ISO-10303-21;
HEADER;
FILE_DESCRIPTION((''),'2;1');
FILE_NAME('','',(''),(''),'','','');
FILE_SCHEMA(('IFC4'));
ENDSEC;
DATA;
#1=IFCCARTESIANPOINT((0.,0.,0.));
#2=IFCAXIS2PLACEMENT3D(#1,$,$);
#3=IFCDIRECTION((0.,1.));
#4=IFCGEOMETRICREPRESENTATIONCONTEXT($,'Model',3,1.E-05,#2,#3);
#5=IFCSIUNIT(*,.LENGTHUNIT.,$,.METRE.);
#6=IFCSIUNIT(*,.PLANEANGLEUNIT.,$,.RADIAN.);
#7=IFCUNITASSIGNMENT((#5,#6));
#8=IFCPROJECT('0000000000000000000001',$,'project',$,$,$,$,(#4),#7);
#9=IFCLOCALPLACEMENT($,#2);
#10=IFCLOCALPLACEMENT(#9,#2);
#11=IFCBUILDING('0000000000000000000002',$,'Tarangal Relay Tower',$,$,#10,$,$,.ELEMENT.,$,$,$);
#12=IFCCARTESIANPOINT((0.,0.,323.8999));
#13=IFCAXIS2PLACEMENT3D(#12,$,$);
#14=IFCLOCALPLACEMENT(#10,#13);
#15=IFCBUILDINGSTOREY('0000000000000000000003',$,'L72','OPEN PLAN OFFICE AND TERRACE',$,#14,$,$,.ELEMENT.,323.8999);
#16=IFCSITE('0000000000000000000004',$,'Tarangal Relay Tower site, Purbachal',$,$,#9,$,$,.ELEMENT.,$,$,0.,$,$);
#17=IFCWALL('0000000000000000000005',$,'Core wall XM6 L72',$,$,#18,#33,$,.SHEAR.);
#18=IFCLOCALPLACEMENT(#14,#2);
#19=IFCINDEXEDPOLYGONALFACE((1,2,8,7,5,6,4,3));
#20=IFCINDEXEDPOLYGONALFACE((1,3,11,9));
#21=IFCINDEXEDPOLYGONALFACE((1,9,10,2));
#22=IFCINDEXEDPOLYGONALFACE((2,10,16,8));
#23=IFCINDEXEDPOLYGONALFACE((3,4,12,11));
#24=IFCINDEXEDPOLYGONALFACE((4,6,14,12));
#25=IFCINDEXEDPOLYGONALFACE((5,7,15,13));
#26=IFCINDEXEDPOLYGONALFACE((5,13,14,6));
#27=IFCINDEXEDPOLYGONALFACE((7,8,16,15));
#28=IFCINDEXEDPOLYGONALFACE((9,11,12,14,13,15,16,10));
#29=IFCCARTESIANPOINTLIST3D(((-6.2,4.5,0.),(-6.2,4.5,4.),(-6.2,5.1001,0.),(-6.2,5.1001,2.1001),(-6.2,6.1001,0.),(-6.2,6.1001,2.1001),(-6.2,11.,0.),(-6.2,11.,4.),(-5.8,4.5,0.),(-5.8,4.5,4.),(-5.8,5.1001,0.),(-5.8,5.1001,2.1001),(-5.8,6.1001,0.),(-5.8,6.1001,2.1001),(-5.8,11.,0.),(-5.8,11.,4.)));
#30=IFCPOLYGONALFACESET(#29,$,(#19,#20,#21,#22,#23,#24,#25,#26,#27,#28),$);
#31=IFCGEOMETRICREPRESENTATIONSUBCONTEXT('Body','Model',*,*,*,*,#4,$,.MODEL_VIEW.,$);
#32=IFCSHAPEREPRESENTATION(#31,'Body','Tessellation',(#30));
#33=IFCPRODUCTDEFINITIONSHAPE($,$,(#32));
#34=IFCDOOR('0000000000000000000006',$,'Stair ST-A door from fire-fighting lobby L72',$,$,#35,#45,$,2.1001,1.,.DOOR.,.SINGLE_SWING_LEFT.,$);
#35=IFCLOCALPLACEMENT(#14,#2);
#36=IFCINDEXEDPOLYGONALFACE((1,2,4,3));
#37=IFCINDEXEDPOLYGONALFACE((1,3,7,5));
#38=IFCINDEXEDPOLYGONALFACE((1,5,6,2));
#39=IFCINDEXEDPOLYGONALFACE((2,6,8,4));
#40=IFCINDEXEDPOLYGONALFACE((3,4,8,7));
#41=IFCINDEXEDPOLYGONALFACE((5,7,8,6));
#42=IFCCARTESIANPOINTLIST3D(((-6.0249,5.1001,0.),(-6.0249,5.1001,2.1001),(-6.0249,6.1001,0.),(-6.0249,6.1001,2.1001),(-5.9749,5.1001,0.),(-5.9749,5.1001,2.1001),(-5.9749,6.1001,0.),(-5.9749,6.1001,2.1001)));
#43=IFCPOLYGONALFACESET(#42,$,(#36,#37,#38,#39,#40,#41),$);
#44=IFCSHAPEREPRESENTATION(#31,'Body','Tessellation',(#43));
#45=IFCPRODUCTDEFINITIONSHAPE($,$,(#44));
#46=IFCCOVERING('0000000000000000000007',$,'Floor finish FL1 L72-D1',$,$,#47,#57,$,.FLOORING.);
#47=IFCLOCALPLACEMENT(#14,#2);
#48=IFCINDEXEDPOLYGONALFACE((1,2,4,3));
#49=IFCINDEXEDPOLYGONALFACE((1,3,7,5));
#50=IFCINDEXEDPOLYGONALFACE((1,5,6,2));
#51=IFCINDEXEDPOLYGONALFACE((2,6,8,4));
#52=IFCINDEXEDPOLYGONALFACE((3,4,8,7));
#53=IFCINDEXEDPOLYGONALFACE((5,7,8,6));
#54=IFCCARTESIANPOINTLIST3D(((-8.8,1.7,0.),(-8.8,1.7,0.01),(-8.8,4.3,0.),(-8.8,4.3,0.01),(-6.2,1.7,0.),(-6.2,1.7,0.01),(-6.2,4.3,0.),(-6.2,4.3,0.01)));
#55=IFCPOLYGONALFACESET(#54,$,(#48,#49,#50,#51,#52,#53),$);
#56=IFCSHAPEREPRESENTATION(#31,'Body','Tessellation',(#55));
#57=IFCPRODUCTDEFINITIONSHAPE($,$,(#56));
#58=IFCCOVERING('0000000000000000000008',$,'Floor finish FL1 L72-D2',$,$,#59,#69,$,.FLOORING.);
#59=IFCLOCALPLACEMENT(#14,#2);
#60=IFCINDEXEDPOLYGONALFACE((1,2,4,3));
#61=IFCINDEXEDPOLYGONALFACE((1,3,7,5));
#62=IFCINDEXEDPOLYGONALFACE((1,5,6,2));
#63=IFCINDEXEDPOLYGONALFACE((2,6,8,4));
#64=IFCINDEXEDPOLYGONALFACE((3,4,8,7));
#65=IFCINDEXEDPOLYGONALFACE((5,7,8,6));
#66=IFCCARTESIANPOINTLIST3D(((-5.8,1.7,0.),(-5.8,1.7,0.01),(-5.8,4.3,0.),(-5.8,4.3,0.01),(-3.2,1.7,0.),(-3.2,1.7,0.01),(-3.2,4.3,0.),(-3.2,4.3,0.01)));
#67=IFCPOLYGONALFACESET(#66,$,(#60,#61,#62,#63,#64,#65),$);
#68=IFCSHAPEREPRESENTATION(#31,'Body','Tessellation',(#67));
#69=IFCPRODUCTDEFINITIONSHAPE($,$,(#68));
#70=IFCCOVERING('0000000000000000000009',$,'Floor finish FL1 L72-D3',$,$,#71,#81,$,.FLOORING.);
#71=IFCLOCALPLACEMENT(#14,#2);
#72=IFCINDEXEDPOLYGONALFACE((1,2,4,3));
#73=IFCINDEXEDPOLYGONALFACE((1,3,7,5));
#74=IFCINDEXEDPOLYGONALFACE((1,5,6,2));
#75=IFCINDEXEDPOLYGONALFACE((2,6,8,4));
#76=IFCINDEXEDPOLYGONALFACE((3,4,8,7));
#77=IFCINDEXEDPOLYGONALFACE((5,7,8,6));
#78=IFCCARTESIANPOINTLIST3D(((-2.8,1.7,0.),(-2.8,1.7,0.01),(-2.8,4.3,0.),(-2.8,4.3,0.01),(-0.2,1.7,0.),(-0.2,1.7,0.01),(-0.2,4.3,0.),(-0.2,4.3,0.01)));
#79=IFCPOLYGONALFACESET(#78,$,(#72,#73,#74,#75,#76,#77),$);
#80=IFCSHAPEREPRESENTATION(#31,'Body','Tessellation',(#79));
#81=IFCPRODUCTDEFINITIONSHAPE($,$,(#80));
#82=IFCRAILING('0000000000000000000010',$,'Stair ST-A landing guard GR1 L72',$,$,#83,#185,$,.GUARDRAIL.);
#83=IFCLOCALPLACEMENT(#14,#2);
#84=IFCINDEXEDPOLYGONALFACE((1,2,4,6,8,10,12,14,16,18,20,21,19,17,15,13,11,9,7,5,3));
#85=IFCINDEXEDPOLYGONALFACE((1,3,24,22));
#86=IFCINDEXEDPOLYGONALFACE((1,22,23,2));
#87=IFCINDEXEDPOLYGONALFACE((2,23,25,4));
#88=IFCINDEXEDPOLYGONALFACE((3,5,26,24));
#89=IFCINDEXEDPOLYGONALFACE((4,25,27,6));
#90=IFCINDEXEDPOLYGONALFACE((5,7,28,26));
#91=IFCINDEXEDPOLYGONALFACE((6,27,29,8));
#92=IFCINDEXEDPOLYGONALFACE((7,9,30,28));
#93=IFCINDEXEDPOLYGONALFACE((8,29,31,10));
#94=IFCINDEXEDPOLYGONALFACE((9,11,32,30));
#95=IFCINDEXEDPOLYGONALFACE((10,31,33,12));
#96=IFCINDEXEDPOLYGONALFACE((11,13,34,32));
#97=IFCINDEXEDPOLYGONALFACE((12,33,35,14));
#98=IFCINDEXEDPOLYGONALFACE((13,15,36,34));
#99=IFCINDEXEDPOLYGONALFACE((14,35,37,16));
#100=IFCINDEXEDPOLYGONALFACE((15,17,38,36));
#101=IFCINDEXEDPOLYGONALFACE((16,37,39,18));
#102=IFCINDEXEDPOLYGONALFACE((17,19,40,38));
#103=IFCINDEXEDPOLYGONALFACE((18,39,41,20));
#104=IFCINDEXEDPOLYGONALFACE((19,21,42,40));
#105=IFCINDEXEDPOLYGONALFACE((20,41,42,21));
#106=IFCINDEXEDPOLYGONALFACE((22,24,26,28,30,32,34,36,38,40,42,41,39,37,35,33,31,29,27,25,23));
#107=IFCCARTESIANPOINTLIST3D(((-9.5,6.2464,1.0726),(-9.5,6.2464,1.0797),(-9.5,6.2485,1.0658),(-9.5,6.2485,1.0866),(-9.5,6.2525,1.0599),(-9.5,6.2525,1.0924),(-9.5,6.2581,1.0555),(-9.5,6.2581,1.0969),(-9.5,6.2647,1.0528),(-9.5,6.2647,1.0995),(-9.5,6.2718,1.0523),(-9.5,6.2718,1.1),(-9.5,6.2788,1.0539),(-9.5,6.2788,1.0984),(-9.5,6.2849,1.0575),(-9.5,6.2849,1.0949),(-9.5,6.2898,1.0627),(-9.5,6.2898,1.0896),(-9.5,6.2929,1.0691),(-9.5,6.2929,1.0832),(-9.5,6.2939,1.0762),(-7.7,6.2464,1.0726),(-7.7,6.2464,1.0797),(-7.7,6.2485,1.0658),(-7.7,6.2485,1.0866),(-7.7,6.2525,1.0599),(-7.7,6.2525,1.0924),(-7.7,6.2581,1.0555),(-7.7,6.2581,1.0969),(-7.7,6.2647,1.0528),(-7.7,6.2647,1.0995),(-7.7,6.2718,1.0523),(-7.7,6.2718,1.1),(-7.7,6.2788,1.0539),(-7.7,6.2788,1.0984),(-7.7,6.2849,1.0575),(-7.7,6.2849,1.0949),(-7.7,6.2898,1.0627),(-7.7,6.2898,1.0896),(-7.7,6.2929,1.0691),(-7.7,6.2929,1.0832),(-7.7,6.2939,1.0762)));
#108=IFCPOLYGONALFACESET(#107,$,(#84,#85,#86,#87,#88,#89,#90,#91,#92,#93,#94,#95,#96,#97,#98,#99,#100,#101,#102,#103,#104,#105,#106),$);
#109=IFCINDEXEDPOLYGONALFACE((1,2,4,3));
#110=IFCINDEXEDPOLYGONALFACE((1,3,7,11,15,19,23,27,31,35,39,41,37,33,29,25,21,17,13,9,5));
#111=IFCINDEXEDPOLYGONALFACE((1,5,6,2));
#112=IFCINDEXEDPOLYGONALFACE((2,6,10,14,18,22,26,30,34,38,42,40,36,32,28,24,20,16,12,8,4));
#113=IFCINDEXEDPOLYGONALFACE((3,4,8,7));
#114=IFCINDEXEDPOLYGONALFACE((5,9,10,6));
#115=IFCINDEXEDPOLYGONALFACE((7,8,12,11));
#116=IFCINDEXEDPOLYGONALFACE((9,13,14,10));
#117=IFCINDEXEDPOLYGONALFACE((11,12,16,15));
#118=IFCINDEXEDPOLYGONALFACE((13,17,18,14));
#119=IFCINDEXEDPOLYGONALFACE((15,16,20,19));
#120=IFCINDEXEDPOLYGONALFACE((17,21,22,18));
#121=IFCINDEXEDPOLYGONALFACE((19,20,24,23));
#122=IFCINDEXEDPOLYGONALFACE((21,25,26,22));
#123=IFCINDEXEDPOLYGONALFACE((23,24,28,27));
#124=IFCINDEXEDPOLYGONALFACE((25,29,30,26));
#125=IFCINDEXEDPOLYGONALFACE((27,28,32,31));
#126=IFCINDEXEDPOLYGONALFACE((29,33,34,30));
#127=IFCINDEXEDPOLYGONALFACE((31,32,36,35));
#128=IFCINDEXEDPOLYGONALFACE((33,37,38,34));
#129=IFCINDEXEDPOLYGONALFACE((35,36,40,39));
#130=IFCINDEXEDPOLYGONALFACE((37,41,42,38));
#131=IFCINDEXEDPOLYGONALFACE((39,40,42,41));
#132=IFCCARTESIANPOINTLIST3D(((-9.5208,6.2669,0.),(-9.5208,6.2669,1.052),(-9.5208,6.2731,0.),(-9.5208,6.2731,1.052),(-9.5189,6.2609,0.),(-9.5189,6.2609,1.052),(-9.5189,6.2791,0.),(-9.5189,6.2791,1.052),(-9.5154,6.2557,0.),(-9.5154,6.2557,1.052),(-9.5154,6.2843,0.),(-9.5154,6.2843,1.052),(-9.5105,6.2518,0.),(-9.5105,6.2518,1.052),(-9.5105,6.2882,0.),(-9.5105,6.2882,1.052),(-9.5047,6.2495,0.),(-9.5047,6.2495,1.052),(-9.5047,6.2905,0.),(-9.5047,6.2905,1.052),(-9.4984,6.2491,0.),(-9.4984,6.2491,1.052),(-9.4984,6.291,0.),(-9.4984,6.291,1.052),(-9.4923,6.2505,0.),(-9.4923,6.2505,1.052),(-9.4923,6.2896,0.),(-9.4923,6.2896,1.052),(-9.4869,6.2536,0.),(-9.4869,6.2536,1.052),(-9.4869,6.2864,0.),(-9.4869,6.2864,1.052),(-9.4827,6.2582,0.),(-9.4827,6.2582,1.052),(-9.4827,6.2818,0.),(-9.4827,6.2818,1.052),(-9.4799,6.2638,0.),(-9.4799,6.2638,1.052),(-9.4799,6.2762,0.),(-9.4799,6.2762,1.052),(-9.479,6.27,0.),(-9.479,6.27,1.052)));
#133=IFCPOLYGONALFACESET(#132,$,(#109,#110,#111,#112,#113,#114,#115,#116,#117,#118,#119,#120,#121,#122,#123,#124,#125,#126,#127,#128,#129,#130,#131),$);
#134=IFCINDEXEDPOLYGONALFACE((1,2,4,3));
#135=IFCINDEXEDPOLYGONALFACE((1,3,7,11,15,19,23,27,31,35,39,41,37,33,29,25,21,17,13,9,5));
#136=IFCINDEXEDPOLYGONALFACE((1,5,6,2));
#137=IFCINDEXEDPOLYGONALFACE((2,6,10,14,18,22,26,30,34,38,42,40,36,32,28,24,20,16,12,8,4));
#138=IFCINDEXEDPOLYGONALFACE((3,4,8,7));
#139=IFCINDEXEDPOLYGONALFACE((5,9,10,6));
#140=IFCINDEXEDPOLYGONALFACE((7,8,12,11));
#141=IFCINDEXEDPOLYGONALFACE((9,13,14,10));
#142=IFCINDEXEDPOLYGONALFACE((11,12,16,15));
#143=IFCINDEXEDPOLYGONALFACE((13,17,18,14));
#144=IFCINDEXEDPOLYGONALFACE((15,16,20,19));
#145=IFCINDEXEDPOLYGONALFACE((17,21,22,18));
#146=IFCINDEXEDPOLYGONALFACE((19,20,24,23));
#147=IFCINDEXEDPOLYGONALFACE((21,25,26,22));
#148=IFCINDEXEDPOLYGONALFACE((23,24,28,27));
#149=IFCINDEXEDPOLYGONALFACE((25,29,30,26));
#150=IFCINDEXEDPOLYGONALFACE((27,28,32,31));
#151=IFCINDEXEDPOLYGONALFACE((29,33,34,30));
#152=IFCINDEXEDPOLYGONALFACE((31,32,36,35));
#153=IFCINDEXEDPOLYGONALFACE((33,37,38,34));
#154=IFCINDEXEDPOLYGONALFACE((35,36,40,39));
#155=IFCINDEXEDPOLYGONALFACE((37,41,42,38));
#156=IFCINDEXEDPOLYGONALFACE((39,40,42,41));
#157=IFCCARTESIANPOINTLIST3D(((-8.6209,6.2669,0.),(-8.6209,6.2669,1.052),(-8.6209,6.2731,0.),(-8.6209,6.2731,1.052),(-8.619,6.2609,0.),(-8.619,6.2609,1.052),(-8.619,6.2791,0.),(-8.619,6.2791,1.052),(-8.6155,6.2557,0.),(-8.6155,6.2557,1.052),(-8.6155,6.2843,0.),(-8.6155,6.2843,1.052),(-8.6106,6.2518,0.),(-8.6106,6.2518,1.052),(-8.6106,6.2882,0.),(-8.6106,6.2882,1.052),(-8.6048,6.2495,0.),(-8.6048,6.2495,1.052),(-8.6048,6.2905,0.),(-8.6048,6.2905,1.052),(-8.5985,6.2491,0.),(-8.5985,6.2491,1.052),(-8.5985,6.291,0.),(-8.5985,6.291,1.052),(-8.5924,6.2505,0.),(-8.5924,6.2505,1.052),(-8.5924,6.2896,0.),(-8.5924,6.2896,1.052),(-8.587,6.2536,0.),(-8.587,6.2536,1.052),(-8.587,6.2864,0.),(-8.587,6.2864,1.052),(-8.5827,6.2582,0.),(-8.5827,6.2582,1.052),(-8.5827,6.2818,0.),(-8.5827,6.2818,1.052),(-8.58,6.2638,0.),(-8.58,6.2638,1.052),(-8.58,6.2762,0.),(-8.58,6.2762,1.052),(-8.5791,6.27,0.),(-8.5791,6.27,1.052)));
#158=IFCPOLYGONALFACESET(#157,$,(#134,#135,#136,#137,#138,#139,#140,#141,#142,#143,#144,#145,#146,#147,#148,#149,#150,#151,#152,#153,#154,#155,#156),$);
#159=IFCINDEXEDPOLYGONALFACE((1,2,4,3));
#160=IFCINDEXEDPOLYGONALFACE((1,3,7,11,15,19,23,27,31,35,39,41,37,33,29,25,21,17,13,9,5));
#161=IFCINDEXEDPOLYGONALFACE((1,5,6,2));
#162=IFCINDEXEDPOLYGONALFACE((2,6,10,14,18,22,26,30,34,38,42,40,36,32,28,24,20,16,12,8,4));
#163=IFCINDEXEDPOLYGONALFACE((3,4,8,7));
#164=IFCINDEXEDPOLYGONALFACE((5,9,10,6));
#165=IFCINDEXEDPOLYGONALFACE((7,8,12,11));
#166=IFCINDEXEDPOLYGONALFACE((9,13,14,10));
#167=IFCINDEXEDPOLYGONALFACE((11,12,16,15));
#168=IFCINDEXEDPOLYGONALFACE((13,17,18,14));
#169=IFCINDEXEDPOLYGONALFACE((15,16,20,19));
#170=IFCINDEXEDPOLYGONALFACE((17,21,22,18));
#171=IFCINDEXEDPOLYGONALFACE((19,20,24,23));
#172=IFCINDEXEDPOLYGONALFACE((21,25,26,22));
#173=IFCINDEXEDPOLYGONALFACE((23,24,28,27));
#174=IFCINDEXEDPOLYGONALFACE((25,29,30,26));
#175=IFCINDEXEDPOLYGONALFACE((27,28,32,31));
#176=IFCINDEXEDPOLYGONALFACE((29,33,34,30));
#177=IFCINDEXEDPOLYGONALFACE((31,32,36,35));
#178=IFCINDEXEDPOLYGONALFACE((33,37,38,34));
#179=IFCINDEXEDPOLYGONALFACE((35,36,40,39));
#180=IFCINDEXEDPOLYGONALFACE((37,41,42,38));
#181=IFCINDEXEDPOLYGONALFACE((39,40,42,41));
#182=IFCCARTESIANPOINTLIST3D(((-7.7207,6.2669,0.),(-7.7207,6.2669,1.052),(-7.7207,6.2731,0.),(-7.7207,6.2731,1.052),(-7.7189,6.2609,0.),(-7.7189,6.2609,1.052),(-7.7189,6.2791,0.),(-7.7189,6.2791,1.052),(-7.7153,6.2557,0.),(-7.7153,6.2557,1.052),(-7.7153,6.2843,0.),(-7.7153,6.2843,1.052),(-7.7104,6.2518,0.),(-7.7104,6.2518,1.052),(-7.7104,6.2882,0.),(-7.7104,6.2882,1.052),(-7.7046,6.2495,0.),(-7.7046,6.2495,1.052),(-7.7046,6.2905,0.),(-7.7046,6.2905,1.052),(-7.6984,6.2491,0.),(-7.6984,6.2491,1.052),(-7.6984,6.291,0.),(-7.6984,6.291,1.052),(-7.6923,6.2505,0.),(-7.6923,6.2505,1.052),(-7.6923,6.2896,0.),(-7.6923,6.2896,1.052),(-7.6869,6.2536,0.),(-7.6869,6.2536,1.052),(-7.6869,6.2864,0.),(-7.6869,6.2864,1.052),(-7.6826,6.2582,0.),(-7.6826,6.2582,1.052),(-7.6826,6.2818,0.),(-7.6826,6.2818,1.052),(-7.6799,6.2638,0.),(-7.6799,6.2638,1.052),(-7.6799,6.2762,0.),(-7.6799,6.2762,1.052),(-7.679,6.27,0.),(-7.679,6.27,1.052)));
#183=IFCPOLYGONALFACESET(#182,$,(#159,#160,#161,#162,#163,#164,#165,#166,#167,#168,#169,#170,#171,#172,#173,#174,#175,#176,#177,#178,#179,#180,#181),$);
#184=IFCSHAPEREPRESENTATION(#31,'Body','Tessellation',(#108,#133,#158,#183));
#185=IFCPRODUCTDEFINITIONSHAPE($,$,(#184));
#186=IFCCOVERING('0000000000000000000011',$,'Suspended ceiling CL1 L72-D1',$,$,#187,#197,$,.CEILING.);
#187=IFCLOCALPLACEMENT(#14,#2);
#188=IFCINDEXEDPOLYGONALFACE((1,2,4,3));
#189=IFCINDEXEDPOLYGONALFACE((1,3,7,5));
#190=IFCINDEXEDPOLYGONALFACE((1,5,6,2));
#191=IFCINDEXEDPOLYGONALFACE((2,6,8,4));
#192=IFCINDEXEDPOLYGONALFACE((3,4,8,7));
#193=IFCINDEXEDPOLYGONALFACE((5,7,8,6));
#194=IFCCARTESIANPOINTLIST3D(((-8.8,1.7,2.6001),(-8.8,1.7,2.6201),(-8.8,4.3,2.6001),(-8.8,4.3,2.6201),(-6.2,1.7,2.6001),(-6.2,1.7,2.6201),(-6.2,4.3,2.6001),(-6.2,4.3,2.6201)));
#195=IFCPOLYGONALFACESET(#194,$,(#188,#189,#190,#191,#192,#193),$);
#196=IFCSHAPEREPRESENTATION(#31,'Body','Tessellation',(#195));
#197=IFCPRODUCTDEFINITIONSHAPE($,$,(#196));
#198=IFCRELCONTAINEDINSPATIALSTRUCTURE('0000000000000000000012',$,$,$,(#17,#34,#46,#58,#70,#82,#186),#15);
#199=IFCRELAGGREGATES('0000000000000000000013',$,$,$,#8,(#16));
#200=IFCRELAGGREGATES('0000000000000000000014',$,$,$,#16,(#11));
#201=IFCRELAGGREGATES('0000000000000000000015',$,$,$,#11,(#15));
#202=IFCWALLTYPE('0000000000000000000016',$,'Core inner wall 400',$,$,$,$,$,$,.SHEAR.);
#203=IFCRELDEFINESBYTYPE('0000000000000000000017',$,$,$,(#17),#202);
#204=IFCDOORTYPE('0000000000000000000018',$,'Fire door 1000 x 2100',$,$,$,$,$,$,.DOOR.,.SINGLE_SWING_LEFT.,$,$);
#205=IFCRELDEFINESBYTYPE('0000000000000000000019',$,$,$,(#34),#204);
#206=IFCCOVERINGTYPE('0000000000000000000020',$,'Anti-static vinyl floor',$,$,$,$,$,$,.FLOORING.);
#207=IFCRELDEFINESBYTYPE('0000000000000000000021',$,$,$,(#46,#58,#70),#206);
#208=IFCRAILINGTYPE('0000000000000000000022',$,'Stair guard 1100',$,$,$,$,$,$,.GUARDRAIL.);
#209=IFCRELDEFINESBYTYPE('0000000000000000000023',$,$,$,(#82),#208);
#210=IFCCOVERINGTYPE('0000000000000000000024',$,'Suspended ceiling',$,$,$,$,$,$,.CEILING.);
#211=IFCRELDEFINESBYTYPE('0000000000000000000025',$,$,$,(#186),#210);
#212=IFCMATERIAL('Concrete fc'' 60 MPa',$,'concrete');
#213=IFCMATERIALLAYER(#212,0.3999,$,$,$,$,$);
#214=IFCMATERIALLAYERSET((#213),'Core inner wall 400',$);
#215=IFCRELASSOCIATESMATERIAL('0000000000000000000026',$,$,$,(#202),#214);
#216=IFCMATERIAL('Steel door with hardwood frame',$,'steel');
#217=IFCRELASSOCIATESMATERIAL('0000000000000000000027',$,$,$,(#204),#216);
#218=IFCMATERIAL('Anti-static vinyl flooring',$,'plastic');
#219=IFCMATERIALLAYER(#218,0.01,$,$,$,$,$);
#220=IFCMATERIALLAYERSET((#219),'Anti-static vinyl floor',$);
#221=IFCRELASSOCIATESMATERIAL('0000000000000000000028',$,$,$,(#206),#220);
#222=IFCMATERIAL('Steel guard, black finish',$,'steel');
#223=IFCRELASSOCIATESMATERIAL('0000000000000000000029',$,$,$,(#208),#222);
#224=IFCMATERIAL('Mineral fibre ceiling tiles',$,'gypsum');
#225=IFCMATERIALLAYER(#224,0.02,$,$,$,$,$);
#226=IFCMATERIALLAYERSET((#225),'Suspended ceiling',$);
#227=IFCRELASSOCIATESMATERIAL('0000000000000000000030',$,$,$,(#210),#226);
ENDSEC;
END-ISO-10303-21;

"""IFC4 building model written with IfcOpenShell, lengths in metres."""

from ifc_helpers import new_model, si_unit, direction, frame, frame_2d, origin, origin_2d, place, context, subcontext, project, spatial, polyline, rectangle, circle, outline, extrude, material, layer, layer_set, type_object, element, fill, save


model = new_model("IFC4")

# Units and contexts
model_context = context("Model", 3, precision=1e-05, world=origin(), true_north=direction((0.0, 1.0)))
body_context = subcontext(model_context, "Body", "Model", "MODEL_VIEW")
ifc_project = project(units=[si_unit("LENGTHUNIT", "METRE"), si_unit("PLANEANGLEUNIT", "RADIAN")], contexts=[model_context])

# Site, building, storey
site_placement = place(None, origin())
site = spatial("IfcSite", under=ifc_project, at=site_placement, Name="Tarangal Relay Tower site, Purbachal", CompositionType="ELEMENT", RefElevation=0.0)
building_placement = place(site_placement, origin())
building = spatial("IfcBuilding", under=site, at=building_placement, Name="Tarangal Relay Tower", CompositionType="ELEMENT")
storey_placement = place(building_placement, frame((0.0, 0.0, 323.8999)))
storey = spatial("IfcBuildingStorey", under=building, at=storey_placement, Name="L72", Description="OPEN PLAN OFFICE AND TERRACE", CompositionType="ELEMENT", Elevation=323.8999)

# Shared definitions
ifc_material_1 = material(Name="Concrete fc' 60 MPa", Category="concrete")
ifc_layer_1 = layer(ifc_material_1, 0.3999)
ifc_layer_set_1 = layer_set([ifc_layer_1], Name="Core inner wall 400")
wall_type = type_object("IfcWallType", Name="Core inner wall 400", PredefinedType="SHEAR", material=ifc_layer_set_1)
ifc_material_2 = material(Name="Steel door with hardwood frame", Category="steel")

# Wall, opening, door
wall_1_placement = place(storey_placement, frame((-6.0, 4.5, 0.0), z_axis=(0.0, 0.0, 1.0), x_axis=(0.0, 1.0, 0.0)))
wall_1 = element("IfcWall", 1, at=wall_1_placement, inside=storey, type_object=wall_type, Name="Core wall XM6 L72", PredefinedType="SHEAR", context=body_context, shape_type="SweptSolid", body=[
    extrude(rectangle(XDim=6.5, YDim=0.3999, at=frame_2d((3.25, 0.0))), origin(), (0.0, 0.0, 1.0), 4.0),
])
opening_1_placement = place(wall_1_placement, frame((0.6001, 0.0, 0.0)))
opening_1 = element("IfcOpeningElement", 2, at=opening_1_placement, cuts=wall_1, PredefinedType="OPENING", context=body_context, shape_type="SweptSolid", body=[
    extrude(rectangle(XDim=1.0, YDim=2.1001, at=frame_2d((0.5, 1.05))), frame((0.0, 0.21, 0.0), z_axis=(0.0, -1.0, 0.0), x_axis=(1.0, 0.0, 0.0)), (0.0, 0.0, 1.0), 0.4199),
])
door_type_1 = type_object("IfcDoorType", Name="Fire door 1000 x 2100", OperationType="SINGLE_SWING_LEFT", PredefinedType="DOOR", material=ifc_material_2)
door_1_placement = place(opening_1_placement, origin())
door_1 = element("IfcDoor", 3, at=door_1_placement, inside=storey, type_object=door_type_1, Name="Stair ST-A door from fire-fighting lobby L72", OperationType="SINGLE_SWING_LEFT", OverallHeight=2.1001, OverallWidth=1.0, PredefinedType="DOOR", context=body_context, shape_type="SweptSolid", body=[
    extrude(rectangle(XDim=1.0, YDim=2.1001, at=frame_2d((0.5, 1.05))), frame((0.0, 0.0249, 0.0), z_axis=(0.0, -1.0, 0.0), x_axis=(1.0, 0.0, 0.0)), (0.0, 0.0, 1.0), 0.05),
])
fill(opening_1, door_1)

# Coverings
ifc_material_3 = material(Name="Anti-static vinyl flooring", Category="plastic")
ifc_layer_2 = layer(ifc_material_3, 0.01)
ifc_layer_set_2 = layer_set([ifc_layer_2], Name="Anti-static vinyl floor")
covering_type_1 = type_object("IfcCoveringType", Name="Anti-static vinyl floor", PredefinedType="FLOORING", material=ifc_layer_set_2)
covering_1_placement = place(storey_placement, origin())
element("IfcCovering", 4, at=covering_1_placement, inside=storey, type_object=covering_type_1, Name="Floor finish FL1 L72-D1", PredefinedType="FLOORING", context=body_context, shape_type="SweptSolid", body=[
    extrude(outline(polyline([(-8.8, 1.7), (-6.2, 1.7), (-6.2, 4.3), (-8.8, 4.3), (-8.8, 1.7)])), origin(), (0.0, 0.0, 1.0), 0.01),
])
covering_2_placement = place(storey_placement, origin())
element("IfcCovering", 5, at=covering_2_placement, inside=storey, type_object=covering_type_1, Name="Floor finish FL1 L72-D2", PredefinedType="FLOORING", context=body_context, shape_type="SweptSolid", body=[
    extrude(outline(polyline([(-5.8, 1.7), (-3.2, 1.7), (-3.2, 4.3), (-5.8, 4.3), (-5.8, 1.7)])), origin(), (0.0, 0.0, 1.0), 0.01),
])
covering_3_placement = place(storey_placement, origin())
element("IfcCovering", 6, at=covering_3_placement, inside=storey, type_object=covering_type_1, Name="Floor finish FL1 L72-D3", PredefinedType="FLOORING", context=body_context, shape_type="SweptSolid", body=[
    extrude(outline(polyline([(-2.8, 1.7), (-0.2, 1.7), (-0.2, 4.3), (-2.8, 4.3), (-2.8, 1.7)])), origin(), (0.0, 0.0, 1.0), 0.01),
])

# Railing
ifc_material_4 = material(Name="Steel guard, black finish", Category="steel")
railing_type = type_object("IfcRailingType", Name="Stair guard 1100", PredefinedType="GUARDRAIL", material=ifc_material_4)
railing_placement = place(storey_placement, frame((-9.5, 6.27, 0.0)))
element("IfcRailing", 7, at=railing_placement, inside=storey, type_object=railing_type, Name="Stair ST-A landing guard GR1 L72", PredefinedType="GUARDRAIL", context=body_context, shape_type="SweptSolid", body=[
    extrude(circle(Radius=0.0239, at=origin_2d()), frame((0.0, 0.0, 1.0762), z_axis=(1.0, 0.0, 0.0), x_axis=(0.0, 1.0, 0.0)), (0.0, 0.0, 1.0), 1.8),
    extrude(circle(Radius=0.021, at=origin_2d()), origin(), (0.0, 0.0, 1.0), 1.052),
    extrude(circle(Radius=0.021, at=origin_2d()), frame((0.8999, 0.0, 0.0)), (0.0, 0.0, 1.0), 1.052),
    extrude(circle(Radius=0.021, at=origin_2d()), frame((1.8, 0.0, 0.0)), (0.0, 0.0, 1.0), 1.052),
])

# Covering
ifc_material_5 = material(Name="Mineral fibre ceiling tiles", Category="gypsum")
ifc_layer_3 = layer(ifc_material_5, 0.02)
ifc_layer_set_3 = layer_set([ifc_layer_3], Name="Suspended ceiling")
covering_type_2 = type_object("IfcCoveringType", Name="Suspended ceiling", PredefinedType="CEILING", material=ifc_layer_set_3)
covering_4_placement = place(storey_placement, frame((0.0, 0.0, 2.6001)))
element("IfcCovering", 8, at=covering_4_placement, inside=storey, type_object=covering_type_2, Name="Suspended ceiling CL1 L72-D1", PredefinedType="CEILING", context=body_context, shape_type="SweptSolid", body=[
    extrude(outline(polyline([(-8.8, 1.7), (-6.2, 1.7), (-6.2, 4.3), (-8.8, 4.3), (-8.8, 1.7)])), origin(), (0.0, 0.0, 1.0), 0.02),
])

save(model, "model.ifc")
